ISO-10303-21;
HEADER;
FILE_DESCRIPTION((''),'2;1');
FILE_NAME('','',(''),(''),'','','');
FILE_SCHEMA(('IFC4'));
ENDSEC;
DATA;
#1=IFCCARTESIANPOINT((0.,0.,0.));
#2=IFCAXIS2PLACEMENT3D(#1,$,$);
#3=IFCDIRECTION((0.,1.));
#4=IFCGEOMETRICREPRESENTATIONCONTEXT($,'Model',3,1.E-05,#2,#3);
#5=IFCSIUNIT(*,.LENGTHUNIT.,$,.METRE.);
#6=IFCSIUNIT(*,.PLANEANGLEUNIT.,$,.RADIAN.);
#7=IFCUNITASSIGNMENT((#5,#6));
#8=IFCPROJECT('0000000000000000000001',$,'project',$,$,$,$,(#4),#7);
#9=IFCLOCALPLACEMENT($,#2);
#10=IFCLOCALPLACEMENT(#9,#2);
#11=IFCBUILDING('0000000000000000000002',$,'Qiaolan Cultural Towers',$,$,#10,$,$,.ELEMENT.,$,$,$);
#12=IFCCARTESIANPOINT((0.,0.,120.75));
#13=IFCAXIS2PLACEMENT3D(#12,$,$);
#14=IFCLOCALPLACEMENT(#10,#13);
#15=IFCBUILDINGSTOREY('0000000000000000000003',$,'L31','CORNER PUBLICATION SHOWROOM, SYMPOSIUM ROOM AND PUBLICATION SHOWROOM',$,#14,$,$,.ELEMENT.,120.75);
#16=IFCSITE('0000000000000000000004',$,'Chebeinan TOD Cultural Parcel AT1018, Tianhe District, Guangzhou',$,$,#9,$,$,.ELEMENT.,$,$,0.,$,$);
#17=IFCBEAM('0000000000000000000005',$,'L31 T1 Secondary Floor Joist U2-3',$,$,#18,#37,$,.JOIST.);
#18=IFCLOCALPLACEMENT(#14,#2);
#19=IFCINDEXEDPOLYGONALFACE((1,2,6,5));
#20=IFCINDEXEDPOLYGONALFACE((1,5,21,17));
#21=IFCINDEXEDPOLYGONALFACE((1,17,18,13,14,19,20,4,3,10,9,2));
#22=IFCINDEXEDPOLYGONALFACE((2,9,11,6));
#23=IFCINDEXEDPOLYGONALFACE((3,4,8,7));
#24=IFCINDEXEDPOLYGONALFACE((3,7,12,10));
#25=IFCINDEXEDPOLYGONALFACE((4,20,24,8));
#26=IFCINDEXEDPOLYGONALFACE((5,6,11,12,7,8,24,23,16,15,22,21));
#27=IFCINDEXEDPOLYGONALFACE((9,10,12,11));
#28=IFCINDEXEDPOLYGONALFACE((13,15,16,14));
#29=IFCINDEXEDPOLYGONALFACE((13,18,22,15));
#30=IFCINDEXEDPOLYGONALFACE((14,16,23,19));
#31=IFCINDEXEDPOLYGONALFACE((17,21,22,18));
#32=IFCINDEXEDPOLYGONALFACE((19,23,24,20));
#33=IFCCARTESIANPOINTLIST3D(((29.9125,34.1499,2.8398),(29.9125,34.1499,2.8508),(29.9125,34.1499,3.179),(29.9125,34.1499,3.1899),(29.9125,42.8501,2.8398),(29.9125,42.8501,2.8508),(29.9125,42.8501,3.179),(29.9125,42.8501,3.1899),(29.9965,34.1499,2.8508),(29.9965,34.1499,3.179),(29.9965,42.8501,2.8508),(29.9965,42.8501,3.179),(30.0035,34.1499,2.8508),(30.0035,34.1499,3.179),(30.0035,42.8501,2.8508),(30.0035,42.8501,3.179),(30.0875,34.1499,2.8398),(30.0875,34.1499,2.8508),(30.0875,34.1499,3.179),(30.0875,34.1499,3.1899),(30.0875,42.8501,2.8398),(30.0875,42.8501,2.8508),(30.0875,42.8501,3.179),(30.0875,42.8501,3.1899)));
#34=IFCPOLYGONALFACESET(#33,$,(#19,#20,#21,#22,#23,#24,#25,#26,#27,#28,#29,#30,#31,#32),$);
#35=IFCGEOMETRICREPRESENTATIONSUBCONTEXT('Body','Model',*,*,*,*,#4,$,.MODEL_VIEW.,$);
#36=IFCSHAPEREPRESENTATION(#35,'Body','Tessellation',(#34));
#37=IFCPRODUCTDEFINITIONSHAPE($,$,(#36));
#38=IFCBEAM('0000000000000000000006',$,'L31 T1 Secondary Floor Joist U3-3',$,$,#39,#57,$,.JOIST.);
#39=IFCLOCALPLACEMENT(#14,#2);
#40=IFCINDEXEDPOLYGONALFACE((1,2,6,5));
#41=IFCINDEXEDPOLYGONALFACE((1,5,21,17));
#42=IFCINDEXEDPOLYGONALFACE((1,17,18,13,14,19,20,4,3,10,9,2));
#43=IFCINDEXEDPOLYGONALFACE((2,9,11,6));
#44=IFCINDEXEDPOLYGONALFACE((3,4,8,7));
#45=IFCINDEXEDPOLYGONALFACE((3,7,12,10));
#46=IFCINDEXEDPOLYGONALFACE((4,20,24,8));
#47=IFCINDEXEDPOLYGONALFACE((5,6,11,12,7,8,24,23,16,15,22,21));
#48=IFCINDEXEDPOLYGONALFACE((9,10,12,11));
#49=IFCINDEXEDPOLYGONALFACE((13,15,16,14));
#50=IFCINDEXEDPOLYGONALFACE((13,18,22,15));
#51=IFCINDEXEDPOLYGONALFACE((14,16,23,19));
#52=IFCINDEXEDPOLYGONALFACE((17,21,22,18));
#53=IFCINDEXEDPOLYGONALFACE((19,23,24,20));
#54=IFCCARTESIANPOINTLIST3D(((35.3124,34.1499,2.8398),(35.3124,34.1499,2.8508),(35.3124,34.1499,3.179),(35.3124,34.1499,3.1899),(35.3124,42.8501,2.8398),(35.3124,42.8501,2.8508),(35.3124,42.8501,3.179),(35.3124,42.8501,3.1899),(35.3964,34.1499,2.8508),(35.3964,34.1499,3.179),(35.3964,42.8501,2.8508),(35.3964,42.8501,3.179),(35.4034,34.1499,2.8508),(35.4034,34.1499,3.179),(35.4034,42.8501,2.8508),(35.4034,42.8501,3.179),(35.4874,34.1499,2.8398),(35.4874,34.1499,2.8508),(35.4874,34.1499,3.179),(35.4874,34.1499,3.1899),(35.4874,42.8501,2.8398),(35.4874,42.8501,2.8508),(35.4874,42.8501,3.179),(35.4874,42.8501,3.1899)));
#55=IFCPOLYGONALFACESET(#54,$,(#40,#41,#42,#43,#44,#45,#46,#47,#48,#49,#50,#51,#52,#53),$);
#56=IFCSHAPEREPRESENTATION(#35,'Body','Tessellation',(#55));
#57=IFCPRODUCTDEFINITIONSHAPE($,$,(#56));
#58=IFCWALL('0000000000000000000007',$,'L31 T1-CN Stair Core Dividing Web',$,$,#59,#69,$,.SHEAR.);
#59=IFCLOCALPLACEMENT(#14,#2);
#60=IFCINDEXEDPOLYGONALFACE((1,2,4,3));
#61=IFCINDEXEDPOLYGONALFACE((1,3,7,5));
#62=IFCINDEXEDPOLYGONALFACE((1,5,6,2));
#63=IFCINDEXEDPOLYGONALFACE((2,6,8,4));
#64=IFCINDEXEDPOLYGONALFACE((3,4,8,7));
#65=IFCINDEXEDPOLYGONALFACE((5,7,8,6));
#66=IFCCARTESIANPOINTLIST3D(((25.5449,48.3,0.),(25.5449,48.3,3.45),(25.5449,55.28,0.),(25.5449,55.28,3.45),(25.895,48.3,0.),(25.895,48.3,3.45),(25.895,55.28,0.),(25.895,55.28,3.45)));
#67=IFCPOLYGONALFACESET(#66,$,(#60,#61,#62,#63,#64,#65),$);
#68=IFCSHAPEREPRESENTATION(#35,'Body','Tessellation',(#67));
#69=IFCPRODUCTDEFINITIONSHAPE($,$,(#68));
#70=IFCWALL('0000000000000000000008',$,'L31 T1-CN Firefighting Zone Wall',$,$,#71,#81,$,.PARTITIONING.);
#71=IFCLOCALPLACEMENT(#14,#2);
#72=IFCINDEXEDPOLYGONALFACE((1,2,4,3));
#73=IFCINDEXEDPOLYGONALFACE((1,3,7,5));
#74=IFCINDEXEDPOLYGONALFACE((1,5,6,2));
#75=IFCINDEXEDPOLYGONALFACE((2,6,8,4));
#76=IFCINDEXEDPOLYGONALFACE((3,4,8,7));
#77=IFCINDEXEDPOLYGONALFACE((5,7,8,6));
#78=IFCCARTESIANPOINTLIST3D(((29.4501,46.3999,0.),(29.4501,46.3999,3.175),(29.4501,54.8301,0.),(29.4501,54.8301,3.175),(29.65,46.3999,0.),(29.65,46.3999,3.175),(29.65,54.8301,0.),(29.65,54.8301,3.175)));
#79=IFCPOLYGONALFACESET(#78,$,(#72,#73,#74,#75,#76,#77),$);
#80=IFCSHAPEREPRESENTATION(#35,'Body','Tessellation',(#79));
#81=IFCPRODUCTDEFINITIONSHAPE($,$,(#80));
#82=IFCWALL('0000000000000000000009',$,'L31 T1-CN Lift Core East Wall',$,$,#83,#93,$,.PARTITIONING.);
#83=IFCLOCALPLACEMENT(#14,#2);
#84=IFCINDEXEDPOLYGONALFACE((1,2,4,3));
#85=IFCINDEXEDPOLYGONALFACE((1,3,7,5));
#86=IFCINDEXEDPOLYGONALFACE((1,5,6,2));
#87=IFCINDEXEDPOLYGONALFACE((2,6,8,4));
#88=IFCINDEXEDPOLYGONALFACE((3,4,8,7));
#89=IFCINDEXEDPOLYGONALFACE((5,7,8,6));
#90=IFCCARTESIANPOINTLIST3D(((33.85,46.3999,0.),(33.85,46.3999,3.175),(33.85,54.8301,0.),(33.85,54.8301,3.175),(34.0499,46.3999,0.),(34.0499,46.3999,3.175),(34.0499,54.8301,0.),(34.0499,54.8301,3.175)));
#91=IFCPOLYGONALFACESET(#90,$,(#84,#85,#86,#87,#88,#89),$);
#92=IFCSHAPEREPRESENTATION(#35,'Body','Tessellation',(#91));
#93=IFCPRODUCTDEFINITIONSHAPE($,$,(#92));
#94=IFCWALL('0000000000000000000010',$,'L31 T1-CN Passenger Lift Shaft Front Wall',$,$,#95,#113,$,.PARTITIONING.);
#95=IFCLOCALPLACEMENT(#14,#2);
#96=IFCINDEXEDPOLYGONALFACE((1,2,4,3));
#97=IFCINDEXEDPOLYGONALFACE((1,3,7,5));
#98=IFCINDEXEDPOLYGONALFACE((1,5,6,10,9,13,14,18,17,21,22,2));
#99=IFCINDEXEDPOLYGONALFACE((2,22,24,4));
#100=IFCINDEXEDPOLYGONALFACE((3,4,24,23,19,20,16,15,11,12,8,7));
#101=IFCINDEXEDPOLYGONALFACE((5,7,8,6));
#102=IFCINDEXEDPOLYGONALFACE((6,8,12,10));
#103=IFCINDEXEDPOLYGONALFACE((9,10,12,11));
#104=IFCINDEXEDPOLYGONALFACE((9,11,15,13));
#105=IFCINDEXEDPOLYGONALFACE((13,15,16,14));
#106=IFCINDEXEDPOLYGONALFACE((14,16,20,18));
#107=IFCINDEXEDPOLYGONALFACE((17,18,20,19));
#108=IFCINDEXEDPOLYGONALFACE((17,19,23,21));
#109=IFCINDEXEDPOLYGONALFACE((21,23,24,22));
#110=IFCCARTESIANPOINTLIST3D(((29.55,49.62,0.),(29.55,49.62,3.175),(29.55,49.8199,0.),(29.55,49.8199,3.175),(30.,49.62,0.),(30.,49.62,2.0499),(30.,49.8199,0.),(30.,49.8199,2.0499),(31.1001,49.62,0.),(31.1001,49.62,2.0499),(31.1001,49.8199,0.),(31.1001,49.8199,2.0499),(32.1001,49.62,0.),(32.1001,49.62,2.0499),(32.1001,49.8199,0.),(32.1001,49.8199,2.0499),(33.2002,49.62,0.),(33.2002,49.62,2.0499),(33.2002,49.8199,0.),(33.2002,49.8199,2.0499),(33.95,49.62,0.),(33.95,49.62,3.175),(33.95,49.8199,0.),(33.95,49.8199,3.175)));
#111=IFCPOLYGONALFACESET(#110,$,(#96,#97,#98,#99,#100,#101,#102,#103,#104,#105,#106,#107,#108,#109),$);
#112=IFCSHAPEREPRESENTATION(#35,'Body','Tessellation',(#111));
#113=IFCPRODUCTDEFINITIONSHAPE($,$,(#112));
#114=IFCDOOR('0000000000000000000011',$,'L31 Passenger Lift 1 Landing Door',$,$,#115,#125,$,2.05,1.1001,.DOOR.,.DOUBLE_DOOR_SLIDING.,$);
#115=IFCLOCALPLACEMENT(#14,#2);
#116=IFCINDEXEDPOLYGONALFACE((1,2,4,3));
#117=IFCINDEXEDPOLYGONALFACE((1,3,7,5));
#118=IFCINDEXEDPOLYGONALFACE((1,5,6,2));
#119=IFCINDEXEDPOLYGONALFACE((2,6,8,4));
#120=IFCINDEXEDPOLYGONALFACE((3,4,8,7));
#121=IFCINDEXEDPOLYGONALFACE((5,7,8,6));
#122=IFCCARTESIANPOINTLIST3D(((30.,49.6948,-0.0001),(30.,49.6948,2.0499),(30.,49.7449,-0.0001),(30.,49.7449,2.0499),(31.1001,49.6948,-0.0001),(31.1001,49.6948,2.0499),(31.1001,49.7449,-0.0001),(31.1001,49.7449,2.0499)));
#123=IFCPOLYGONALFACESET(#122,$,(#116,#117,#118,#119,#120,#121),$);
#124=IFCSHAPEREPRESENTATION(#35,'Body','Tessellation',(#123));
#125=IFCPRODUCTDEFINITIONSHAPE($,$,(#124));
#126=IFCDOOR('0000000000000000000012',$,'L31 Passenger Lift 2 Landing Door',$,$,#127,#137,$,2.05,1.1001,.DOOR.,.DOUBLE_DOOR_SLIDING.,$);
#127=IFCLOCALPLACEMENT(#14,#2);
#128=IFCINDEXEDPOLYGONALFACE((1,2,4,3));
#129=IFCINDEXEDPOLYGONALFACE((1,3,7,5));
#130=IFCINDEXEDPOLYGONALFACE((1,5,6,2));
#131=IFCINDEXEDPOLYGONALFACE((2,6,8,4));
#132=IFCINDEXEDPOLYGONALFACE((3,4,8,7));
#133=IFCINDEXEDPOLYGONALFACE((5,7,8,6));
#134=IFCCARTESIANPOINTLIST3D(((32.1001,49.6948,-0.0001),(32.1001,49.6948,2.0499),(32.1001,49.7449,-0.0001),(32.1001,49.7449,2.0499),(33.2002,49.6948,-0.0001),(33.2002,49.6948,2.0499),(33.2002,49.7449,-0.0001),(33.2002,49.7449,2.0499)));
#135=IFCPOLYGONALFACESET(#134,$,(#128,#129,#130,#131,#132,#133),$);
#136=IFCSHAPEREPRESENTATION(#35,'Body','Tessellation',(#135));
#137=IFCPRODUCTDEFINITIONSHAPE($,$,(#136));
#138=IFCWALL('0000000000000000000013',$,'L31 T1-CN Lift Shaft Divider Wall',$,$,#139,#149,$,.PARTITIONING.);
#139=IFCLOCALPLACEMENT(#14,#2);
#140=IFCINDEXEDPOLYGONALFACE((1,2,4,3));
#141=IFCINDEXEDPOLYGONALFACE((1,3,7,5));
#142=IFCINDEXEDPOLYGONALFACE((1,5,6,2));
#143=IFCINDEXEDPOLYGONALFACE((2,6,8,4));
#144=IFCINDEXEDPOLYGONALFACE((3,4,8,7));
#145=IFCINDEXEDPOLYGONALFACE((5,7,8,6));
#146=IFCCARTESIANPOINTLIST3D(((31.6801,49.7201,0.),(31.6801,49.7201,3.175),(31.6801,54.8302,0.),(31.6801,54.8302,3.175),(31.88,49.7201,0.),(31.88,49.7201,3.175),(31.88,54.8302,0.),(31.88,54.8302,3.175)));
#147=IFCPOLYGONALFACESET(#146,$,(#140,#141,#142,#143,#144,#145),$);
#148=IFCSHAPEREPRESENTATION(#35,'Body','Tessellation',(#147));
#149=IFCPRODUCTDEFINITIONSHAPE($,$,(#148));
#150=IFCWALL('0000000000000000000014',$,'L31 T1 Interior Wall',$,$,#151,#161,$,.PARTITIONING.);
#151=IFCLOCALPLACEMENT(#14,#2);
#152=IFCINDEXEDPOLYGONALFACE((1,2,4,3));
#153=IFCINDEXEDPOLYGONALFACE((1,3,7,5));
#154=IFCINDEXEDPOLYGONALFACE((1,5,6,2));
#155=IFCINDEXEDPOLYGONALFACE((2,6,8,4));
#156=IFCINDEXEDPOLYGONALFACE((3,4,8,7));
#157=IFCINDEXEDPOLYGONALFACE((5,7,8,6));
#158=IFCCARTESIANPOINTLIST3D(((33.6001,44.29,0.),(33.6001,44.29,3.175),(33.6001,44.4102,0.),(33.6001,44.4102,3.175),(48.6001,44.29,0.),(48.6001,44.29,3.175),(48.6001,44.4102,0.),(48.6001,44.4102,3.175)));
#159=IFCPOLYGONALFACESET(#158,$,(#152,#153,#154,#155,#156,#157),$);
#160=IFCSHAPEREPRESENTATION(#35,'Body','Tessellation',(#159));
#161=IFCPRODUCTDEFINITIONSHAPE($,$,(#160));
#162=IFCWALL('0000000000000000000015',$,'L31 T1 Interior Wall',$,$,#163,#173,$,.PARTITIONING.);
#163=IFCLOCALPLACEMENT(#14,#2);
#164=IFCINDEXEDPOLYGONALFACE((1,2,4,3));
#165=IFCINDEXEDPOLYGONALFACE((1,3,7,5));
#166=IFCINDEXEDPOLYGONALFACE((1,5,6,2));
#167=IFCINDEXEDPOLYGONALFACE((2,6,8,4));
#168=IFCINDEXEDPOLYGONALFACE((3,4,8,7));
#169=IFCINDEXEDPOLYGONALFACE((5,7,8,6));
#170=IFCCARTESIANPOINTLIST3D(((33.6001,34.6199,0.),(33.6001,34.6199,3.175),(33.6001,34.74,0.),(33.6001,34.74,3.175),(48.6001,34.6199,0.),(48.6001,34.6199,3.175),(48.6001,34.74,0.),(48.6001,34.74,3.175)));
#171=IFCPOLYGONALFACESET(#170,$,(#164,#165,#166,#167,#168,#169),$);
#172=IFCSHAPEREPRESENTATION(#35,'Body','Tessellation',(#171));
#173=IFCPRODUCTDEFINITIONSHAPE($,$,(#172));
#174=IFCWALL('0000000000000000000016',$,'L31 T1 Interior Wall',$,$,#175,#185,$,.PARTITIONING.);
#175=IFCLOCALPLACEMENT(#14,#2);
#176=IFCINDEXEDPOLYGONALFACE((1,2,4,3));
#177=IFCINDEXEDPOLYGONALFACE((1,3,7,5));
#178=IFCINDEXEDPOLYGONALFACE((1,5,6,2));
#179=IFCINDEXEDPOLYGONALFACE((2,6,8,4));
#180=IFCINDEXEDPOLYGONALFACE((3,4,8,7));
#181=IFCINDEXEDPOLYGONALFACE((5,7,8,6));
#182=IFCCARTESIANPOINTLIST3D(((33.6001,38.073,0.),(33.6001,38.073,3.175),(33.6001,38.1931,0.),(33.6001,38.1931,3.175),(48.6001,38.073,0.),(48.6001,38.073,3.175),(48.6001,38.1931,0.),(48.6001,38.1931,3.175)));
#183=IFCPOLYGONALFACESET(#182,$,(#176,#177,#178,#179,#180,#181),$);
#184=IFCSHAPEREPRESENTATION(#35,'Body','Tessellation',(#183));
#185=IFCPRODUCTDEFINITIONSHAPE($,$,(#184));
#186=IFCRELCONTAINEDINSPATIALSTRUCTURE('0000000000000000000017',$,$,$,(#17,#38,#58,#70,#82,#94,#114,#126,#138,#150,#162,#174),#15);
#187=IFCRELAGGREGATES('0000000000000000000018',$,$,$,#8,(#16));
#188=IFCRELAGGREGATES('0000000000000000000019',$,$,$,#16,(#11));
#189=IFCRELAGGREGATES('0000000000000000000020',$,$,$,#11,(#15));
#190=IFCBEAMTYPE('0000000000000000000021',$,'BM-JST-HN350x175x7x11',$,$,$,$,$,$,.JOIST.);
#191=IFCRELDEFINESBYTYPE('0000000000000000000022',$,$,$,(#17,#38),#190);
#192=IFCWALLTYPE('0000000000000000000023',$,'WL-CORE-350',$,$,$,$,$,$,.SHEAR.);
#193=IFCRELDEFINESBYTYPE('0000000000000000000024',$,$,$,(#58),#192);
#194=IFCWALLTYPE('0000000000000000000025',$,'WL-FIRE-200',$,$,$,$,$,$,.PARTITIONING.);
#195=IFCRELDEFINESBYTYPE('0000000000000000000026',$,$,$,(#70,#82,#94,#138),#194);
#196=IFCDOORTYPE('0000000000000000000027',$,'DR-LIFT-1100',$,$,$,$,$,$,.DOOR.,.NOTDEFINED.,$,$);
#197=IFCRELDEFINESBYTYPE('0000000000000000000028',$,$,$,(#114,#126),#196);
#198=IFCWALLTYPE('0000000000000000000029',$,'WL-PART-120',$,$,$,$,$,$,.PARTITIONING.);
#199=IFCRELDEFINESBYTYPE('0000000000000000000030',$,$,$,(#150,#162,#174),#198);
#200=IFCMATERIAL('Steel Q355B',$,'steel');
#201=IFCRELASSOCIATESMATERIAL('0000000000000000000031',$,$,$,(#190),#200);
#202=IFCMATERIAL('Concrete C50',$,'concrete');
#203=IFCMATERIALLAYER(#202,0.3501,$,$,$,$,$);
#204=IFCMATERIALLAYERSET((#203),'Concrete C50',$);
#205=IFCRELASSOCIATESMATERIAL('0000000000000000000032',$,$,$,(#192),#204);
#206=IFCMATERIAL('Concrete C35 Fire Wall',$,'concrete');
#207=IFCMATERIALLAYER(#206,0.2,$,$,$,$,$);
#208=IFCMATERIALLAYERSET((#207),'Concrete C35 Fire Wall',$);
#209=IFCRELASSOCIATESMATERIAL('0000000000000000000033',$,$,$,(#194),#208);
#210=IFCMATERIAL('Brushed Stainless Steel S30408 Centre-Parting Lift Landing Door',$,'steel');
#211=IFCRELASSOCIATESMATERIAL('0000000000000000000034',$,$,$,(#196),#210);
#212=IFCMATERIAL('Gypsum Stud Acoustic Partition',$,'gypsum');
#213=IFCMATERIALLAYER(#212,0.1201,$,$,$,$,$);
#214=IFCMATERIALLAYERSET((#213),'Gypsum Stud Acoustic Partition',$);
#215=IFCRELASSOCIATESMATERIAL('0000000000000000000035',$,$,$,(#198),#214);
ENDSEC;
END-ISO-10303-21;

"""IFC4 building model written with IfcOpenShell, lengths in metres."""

from ifc_helpers import new_model, si_unit, direction, frame, frame_2d, origin, origin_2d, place, context, subcontext, project, spatial, rectangle, i_section, extrude, material, layer, layer_set, material_profile, profile_set, type_object, element, fill, save


model = new_model("IFC4")

# Units and contexts
model_context = context("Model", 3, precision=1e-05, world=origin(), true_north=direction((0.0, 1.0)))
body_context = subcontext(model_context, "Body", "Model", "MODEL_VIEW")
ifc_project = project(units=[si_unit("LENGTHUNIT", "METRE"), si_unit("PLANEANGLEUNIT", "RADIAN")], contexts=[model_context])

# Site, building, storey
site_placement = place(None, origin())
site = spatial("IfcSite", under=ifc_project, at=site_placement, Name="Chebeinan TOD Cultural Parcel AT1018, Tianhe District, Guangzhou", CompositionType="ELEMENT", RefElevation=0.0)
building_placement = place(site_placement, origin())
building = spatial("IfcBuilding", under=site, at=building_placement, Name="Qiaolan Cultural Towers", CompositionType="ELEMENT")
storey_placement = place(building_placement, frame((0.0, 0.0, 120.75)))
storey = spatial("IfcBuildingStorey", under=building, at=storey_placement, Name="L31", Description="CORNER PUBLICATION SHOWROOM, SYMPOSIUM ROOM AND PUBLICATION SHOWROOM", CompositionType="ELEMENT", Elevation=120.75)

# Beams
ifc_material_1 = material(Name="Steel Q355B", Category="steel")
ifc_material_profile = material_profile(ifc_material_1, i_section(OverallWidth=0.175, OverallDepth=0.3501, WebThickness=0.0071, FlangeThickness=0.011, at=origin_2d()), Name="HN350x175x7x11")
ifc_profile_set = profile_set([ifc_material_profile], Name="Steel Q355B")
beam_type = type_object("IfcBeamType", Name="BM-JST-HN350x175x7x11", PredefinedType="JOIST", material=ifc_profile_set)
for number, where, z_axis, x_axis, name in (
    (1, (30.0, 34.1499, 3.0149), (0.0, 1.0, 0.0), (-1.0, 0.0, 0.0), "L31 T1 Secondary Floor Joist U2-3"),
    (2, (35.3999, 34.1499, 3.0149), (0.0, 1.0, 0.0), (-1.0, 0.0, 0.0), "L31 T1 Secondary Floor Joist U3-3"),
):
    element("IfcBeam", number, at=place(storey_placement, frame(where, z_axis=z_axis, x_axis=x_axis)), inside=storey, type_object=beam_type, Name=name, PredefinedType="JOIST", context=body_context, shape_type="SweptSolid", body=[
        extrude(i_section(OverallWidth=0.175, OverallDepth=0.3501, WebThickness=0.0071, FlangeThickness=0.011, at=origin_2d()), origin(), (0.0, 0.0, 1.0), 8.7002),
    ])

# Walls
ifc_material_2 = material(Name="Concrete C50", Category="concrete")
ifc_layer_1 = layer(ifc_material_2, 0.3501)
ifc_layer_set_1 = layer_set([ifc_layer_1], Name="Concrete C50")
wall_type_1 = type_object("IfcWallType", Name="WL-CORE-350", PredefinedType="SHEAR", material=ifc_layer_set_1)
wall_1_placement = place(storey_placement, frame((25.72, 48.3, 0.0), z_axis=(0.0, 0.0, 1.0), x_axis=(0.0, 1.0, 0.0)))
element("IfcWall", 3, at=wall_1_placement, inside=storey, type_object=wall_type_1, Name="L31 T1-CN Stair Core Dividing Web", PredefinedType="SHEAR", context=body_context, shape_type="SweptSolid", body=[
    extrude(rectangle(XDim=6.98, YDim=0.3501, at=frame_2d((3.49, 0.0))), origin(), (0.0, 0.0, 1.0), 3.45),
])
ifc_material_3 = material(Name="Concrete C35 Fire Wall", Category="concrete")
ifc_layer_2 = layer(ifc_material_3, 0.2)
ifc_layer_set_2 = layer_set([ifc_layer_2], Name="Concrete C35 Fire Wall")
wall_type_2 = type_object("IfcWallType", Name="WL-FIRE-200", PredefinedType="PARTITIONING", material=ifc_layer_set_2)
for number, where, z_axis, x_axis, name in (
    (4, (29.55, 46.3999, 0.0), (0.0, 0.0, 1.0), (0.0, 1.0, 0.0), "L31 T1-CN Firefighting Zone Wall"),
    (5, (33.95, 46.3999, 0.0), (0.0, 0.0, 1.0), (0.0, 1.0, 0.0), "L31 T1-CN Lift Core East Wall"),
):
    element("IfcWall", number, at=place(storey_placement, frame(where, z_axis=z_axis, x_axis=x_axis)), inside=storey, type_object=wall_type_2, Name=name, PredefinedType="PARTITIONING", context=body_context, shape_type="SweptSolid", body=[
        extrude(rectangle(XDim=8.4302, YDim=0.2, at=frame_2d((4.2151, 0.0))), origin(), (0.0, 0.0, 1.0), 3.175),
    ])

# Wall, openings, doors
wall_2_placement = place(storey_placement, frame((29.55, 49.72, 0.0), z_axis=(0.0, 0.0, 1.0), x_axis=(1.0, 0.0, 0.0)))
wall_2 = element("IfcWall", 6, at=wall_2_placement, inside=storey, type_object=wall_type_2, Name="L31 T1-CN Passenger Lift Shaft Front Wall", PredefinedType="PARTITIONING", context=body_context, shape_type="SweptSolid", body=[
    extrude(rectangle(XDim=4.3999, YDim=0.2, at=frame_2d((2.2, 0.0))), origin(), (0.0, 0.0, 1.0), 3.175),
])
opening_1_placement = place(wall_2_placement, frame((0.45, 0.0, 0.0)))
opening_1 = element("IfcOpeningElement", 7, at=opening_1_placement, cuts=wall_2, PredefinedType="OPENING", context=body_context, shape_type="SweptSolid", body=[
    extrude(rectangle(XDim=1.1001, YDim=2.05, at=frame_2d((0.55, 1.0249))), frame((0.0, 0.1099, 0.0), z_axis=(0.0, -1.0, 0.0), x_axis=(1.0, 0.0, 0.0)), (0.0, 0.0, 1.0), 0.22),
])
opening_2_placement = place(wall_2_placement, frame((2.55, 0.0, 0.0)))
opening_2 = element("IfcOpeningElement", 8, at=opening_2_placement, cuts=wall_2, PredefinedType="OPENING", context=body_context, shape_type="SweptSolid", body=[
    extrude(rectangle(XDim=1.1001, YDim=2.05, at=frame_2d((0.55, 1.0249))), frame((0.0, 0.1099, 0.0), z_axis=(0.0, -1.0, 0.0), x_axis=(1.0, 0.0, 0.0)), (0.0, 0.0, 1.0), 0.22),
])
ifc_material_4 = material(Name="Brushed Stainless Steel S30408 Centre-Parting Lift Landing Door", Category="steel")
door_type_1 = type_object("IfcDoorType", Name="DR-LIFT-1100", OperationType="NOTDEFINED", PredefinedType="DOOR", material=ifc_material_4)
door_1_placement = place(opening_1_placement, origin())
door_1 = element("IfcDoor", 9, at=door_1_placement, inside=storey, type_object=door_type_1, Name="L31 Passenger Lift 1 Landing Door", OperationType="DOUBLE_DOOR_SLIDING", OverallHeight=2.05, OverallWidth=1.1001, PredefinedType="DOOR", context=body_context, shape_type="SweptSolid", body=[
    extrude(rectangle(XDim=1.1001, YDim=2.05, at=frame_2d((0.55, 1.0249))), frame((0.0, 0.0249, 0.0), z_axis=(0.0, -1.0, 0.0), x_axis=(1.0, 0.0, 0.0)), (0.0, 0.0, 1.0), 0.05),
])
fill(opening_1, door_1)
door_2_placement = place(opening_2_placement, origin())
door_2 = element("IfcDoor", 10, at=door_2_placement, inside=storey, type_object=door_type_1, Name="L31 Passenger Lift 2 Landing Door", OperationType="DOUBLE_DOOR_SLIDING", OverallHeight=2.05, OverallWidth=1.1001, PredefinedType="DOOR", context=body_context, shape_type="SweptSolid", body=[
    extrude(rectangle(XDim=1.1001, YDim=2.05, at=frame_2d((0.55, 1.0249))), frame((0.0, 0.0249, 0.0), z_axis=(0.0, -1.0, 0.0), x_axis=(1.0, 0.0, 0.0)), (0.0, 0.0, 1.0), 0.05),
])
fill(opening_2, door_2)

# Walls
wall_3_placement = place(storey_placement, frame((31.78, 49.72, 0.0), z_axis=(0.0, 0.0, 1.0), x_axis=(0.0, 1.0, 0.0)))
element("IfcWall", 11, at=wall_3_placement, inside=storey, type_object=wall_type_2, Name="L31 T1-CN Lift Shaft Divider Wall", PredefinedType="PARTITIONING", context=body_context, shape_type="SweptSolid", body=[
    extrude(rectangle(XDim=5.1101, YDim=0.2, at=frame_2d((2.5552, 0.0))), origin(), (0.0, 0.0, 1.0), 3.175),
])
ifc_material_5 = material(Name="Gypsum Stud Acoustic Partition", Category="gypsum")
ifc_layer_3 = layer(ifc_material_5, 0.1201)
ifc_layer_set_3 = layer_set([ifc_layer_3], Name="Gypsum Stud Acoustic Partition")
wall_type_3 = type_object("IfcWallType", Name="WL-PART-120", PredefinedType="PARTITIONING", material=ifc_layer_set_3)
for number, where, z_axis, x_axis, name in (
    (12, (33.6001, 44.3501, 0.0), (0.0, 0.0, 1.0), (1.0, 0.0, 0.0), "L31 T1 Interior Wall"),
    (13, (33.6001, 34.6799, 0.0), (0.0, 0.0, 1.0), (1.0, 0.0, 0.0), "L31 T1 Interior Wall"),
    (14, (33.6001, 38.1331, 0.0), (0.0, 0.0, 1.0), (1.0, 0.0, 0.0), "L31 T1 Interior Wall"),
):
    element("IfcWall", number, at=place(storey_placement, frame(where, z_axis=z_axis, x_axis=x_axis)), inside=storey, type_object=wall_type_3, Name=name, PredefinedType="PARTITIONING", context=body_context, shape_type="SweptSolid", body=[
        extrude(rectangle(XDim=15.0, YDim=0.1201, at=frame_2d((7.5, 0.0))), origin(), (0.0, 0.0, 1.0), 3.175),
    ])

save(model, "model.ifc")
